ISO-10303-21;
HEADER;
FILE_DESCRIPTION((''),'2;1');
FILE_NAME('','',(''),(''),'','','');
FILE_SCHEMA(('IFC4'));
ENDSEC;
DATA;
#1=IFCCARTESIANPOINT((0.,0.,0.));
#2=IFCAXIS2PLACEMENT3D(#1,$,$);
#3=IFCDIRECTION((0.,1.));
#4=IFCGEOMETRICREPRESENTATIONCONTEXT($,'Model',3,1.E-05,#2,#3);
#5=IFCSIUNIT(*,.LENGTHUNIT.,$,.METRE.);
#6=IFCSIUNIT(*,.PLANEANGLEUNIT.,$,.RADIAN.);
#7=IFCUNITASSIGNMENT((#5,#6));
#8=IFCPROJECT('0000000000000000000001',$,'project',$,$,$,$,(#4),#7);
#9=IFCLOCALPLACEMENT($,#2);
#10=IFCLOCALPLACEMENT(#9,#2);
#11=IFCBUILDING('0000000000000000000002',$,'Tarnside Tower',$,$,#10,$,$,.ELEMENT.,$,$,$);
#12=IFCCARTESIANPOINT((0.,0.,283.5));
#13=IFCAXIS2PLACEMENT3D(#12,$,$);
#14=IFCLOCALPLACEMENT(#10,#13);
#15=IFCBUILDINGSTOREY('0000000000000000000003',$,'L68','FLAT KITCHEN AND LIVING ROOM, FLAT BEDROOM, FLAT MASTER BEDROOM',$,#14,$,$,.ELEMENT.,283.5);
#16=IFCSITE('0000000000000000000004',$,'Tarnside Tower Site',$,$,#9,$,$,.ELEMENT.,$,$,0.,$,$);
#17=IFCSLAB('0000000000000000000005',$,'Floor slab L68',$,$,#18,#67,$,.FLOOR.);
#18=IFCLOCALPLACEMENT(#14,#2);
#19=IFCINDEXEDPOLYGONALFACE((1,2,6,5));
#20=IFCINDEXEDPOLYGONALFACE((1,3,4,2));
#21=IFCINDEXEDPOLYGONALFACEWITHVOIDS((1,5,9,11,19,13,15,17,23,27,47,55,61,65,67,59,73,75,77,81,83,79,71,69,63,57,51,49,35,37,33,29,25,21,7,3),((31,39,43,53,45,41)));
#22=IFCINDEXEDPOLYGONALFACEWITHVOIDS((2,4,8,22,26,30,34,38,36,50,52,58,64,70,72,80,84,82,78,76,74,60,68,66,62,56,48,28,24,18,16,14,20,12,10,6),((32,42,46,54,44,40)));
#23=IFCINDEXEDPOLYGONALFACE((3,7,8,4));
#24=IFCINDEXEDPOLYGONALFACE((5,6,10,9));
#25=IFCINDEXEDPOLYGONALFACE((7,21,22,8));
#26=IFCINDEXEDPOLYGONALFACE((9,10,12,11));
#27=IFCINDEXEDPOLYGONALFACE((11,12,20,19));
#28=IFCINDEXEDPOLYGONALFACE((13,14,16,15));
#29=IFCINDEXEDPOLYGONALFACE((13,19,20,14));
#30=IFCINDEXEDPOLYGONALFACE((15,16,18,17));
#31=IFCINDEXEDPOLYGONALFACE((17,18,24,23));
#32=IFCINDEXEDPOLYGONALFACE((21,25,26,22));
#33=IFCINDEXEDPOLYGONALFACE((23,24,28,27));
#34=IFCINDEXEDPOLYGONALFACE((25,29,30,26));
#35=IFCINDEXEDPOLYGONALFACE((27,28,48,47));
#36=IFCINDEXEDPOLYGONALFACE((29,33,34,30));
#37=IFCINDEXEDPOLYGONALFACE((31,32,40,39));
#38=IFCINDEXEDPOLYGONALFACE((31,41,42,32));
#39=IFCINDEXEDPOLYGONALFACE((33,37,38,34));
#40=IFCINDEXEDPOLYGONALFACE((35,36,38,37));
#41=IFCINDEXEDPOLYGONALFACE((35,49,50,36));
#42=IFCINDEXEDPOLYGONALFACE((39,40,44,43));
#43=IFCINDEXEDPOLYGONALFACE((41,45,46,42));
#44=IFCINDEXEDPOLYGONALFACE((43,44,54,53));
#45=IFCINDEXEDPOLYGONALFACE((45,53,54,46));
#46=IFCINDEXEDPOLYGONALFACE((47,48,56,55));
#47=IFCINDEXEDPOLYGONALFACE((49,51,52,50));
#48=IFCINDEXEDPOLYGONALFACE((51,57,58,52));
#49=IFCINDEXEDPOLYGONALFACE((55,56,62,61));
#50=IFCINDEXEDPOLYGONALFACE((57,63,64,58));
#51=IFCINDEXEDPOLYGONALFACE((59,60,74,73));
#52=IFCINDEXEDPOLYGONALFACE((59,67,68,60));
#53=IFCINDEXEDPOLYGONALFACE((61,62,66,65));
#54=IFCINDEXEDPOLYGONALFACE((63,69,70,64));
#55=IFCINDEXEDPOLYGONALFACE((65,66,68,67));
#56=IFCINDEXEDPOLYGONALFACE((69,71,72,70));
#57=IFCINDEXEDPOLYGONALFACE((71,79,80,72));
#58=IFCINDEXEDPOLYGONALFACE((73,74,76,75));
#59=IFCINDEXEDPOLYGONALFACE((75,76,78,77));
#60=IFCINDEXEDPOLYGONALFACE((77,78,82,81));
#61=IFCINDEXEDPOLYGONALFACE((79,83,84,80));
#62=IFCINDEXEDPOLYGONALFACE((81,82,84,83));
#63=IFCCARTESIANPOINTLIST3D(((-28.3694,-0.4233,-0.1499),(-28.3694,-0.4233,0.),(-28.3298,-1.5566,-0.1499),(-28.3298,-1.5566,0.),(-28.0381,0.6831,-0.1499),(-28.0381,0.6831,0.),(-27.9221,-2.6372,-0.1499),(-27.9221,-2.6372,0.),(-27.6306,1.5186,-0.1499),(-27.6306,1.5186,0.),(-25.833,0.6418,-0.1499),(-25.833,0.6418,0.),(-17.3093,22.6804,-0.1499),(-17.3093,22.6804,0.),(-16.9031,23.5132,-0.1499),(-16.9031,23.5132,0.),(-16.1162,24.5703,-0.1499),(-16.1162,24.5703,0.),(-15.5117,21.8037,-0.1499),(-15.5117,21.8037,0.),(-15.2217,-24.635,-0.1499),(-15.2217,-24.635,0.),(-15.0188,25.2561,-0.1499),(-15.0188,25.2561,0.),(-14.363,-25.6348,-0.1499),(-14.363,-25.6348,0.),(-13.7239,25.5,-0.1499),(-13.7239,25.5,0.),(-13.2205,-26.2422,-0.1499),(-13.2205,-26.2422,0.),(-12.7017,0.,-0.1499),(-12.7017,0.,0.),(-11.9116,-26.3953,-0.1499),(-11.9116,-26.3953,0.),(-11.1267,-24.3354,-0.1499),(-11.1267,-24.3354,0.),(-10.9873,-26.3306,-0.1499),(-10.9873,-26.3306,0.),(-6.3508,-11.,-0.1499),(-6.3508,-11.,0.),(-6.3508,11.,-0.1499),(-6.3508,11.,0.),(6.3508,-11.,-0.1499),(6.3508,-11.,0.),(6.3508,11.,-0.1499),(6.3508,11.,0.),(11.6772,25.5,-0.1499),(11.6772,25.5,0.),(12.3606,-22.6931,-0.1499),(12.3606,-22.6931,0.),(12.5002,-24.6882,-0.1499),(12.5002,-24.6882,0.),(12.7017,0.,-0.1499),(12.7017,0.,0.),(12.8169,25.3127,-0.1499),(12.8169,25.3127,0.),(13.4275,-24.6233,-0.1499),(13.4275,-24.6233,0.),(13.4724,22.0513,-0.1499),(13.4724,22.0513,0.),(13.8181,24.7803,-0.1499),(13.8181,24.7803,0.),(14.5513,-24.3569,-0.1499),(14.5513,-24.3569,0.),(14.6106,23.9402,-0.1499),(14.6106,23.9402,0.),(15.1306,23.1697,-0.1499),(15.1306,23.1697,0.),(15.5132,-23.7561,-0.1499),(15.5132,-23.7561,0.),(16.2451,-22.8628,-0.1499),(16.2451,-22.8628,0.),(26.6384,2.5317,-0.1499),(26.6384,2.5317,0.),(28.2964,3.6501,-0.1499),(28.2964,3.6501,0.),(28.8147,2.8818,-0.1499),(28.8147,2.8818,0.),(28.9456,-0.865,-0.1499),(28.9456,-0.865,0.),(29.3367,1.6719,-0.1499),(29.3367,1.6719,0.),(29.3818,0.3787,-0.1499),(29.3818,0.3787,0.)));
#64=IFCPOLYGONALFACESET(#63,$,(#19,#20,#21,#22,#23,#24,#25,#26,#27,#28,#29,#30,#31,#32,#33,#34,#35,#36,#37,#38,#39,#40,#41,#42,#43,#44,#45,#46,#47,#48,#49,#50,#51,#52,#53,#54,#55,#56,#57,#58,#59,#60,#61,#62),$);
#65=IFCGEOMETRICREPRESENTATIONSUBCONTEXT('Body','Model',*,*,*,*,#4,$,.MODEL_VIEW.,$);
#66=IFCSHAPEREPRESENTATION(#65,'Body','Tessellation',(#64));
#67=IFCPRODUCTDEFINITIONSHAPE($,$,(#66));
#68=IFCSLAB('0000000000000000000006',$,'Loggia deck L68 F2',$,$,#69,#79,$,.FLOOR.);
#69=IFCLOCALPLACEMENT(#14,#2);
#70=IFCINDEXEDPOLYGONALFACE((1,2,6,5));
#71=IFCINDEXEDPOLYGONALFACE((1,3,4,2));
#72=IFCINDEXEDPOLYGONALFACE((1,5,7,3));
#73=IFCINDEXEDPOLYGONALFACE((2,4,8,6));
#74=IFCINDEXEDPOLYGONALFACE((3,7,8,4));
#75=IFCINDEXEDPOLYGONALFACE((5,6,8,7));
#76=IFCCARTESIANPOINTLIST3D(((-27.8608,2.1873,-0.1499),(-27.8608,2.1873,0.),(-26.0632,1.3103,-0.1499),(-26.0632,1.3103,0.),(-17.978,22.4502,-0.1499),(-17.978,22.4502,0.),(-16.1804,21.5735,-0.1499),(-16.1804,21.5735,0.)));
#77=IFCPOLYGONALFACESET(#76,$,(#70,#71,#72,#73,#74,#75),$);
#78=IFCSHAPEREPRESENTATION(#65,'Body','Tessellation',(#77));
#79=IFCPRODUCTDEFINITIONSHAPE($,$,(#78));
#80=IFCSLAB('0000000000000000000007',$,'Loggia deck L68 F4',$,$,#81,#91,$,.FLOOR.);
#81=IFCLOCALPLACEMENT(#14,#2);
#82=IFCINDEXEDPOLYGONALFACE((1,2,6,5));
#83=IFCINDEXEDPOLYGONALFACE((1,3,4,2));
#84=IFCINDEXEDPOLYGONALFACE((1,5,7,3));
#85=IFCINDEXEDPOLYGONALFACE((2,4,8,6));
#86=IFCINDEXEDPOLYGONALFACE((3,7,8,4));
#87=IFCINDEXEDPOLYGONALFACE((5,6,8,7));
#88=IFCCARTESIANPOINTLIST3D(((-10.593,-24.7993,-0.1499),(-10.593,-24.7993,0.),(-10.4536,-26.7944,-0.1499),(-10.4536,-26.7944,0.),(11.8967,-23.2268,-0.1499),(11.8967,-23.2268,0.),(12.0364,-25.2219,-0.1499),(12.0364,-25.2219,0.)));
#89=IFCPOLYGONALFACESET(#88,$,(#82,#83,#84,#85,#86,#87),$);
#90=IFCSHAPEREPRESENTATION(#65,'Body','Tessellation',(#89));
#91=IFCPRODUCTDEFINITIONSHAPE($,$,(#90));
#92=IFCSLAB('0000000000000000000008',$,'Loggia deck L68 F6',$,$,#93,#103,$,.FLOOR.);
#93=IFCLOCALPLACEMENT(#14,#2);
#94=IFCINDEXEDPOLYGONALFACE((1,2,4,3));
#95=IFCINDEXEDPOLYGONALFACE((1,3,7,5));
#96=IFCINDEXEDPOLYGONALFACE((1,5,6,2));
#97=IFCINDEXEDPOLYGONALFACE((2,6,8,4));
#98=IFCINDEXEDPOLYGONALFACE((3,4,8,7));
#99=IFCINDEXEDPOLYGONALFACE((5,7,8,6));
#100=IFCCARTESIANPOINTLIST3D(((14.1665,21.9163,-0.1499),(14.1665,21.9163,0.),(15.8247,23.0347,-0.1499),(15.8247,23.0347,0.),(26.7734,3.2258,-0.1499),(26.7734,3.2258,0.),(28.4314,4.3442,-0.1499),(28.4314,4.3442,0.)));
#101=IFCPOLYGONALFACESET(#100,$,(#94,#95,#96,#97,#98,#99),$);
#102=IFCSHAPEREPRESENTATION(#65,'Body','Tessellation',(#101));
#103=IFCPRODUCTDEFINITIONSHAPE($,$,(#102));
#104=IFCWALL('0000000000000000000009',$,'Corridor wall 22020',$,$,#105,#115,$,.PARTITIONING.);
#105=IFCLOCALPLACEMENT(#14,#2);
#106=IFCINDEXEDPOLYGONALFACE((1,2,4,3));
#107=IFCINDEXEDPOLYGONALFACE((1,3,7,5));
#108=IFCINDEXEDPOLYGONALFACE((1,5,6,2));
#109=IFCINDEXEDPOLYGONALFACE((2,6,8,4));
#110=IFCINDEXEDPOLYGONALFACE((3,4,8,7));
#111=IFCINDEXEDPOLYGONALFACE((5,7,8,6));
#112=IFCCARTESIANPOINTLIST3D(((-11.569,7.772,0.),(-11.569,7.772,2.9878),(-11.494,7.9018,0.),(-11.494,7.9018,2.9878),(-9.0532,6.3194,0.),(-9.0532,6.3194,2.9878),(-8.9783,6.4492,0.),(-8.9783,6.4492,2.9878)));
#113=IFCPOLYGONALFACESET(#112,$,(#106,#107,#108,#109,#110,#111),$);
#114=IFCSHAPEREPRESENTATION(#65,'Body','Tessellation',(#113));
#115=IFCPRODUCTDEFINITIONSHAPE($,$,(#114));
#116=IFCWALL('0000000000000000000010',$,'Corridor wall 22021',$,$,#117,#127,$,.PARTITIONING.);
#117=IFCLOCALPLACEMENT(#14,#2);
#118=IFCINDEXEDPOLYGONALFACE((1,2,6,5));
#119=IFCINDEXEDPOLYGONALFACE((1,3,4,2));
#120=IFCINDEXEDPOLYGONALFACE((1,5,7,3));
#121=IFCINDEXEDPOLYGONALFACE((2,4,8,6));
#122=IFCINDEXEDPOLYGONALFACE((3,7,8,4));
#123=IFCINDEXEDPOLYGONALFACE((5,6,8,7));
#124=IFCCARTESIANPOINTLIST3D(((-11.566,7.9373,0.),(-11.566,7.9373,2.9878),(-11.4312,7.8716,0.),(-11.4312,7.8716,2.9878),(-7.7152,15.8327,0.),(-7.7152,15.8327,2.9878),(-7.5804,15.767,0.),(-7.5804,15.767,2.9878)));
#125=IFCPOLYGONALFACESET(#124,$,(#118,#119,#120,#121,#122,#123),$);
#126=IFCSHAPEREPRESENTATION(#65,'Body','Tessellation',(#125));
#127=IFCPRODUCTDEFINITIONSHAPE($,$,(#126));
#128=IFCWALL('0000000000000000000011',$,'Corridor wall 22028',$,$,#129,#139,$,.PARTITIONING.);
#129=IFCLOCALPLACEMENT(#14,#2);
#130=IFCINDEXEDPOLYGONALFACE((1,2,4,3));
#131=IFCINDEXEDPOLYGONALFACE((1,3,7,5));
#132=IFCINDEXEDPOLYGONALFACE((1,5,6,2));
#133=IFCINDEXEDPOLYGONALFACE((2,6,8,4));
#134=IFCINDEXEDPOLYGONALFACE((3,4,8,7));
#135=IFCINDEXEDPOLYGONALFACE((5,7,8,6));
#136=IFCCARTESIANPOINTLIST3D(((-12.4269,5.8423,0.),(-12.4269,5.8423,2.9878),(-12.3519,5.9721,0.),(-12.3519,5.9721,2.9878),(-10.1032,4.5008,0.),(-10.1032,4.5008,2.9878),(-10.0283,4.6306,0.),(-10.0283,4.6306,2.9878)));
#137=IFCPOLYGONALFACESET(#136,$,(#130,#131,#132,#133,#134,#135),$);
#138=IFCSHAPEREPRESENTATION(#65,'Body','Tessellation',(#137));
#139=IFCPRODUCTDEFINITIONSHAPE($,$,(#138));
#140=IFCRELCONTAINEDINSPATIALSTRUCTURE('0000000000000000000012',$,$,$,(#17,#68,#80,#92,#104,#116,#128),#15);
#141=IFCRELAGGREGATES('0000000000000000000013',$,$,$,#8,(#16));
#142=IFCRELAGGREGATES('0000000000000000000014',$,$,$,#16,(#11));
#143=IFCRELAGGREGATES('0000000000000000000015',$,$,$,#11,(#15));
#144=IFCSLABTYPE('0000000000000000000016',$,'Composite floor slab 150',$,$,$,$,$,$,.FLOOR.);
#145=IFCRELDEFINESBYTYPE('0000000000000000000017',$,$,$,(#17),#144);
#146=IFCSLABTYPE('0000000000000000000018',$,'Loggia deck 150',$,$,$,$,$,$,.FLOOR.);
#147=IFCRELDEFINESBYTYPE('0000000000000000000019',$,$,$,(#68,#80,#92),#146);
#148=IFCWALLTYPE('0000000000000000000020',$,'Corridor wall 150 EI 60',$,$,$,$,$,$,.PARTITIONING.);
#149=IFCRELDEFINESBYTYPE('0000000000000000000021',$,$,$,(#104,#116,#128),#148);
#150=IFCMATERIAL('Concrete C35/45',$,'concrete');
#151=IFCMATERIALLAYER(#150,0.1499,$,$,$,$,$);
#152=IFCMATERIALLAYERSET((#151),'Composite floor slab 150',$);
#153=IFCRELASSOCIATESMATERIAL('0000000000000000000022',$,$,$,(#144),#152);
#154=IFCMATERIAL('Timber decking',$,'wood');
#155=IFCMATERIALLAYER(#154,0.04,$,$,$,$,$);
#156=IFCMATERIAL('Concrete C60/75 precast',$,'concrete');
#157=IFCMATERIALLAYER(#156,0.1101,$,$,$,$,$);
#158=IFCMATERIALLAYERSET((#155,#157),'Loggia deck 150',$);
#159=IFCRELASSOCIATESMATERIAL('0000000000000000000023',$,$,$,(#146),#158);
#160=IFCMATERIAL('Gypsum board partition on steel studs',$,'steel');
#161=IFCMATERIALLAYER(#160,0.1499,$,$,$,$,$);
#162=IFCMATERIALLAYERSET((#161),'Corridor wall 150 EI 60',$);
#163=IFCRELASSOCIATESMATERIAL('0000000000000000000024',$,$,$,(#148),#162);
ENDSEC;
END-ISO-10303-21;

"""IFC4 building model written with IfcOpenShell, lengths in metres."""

from ifc_helpers import new_model, si_unit, direction, frame, frame_2d, origin, place, context, subcontext, project, spatial, polyline, rectangle, outline, extrude, material, layer, layer_set, type_object, element, save


model = new_model("IFC4")

# Units and contexts
model_context = context("Model", 3, precision=1e-05, world=origin(), true_north=direction((0.0, 1.0)))
body_context = subcontext(model_context, "Body", "Model", "MODEL_VIEW")
ifc_project = project(units=[si_unit("LENGTHUNIT", "METRE"), si_unit("PLANEANGLEUNIT", "RADIAN")], contexts=[model_context])

# Site, building, storey
site_placement = place(None, origin())
site = spatial("IfcSite", under=ifc_project, at=site_placement, Name="Tarnside Tower Site", CompositionType="ELEMENT", RefElevation=0.0)
building_placement = place(site_placement, origin())
building = spatial("IfcBuilding", under=site, at=building_placement, Name="Tarnside Tower", CompositionType="ELEMENT")
storey_placement = place(building_placement, frame((0.0, 0.0, 283.5)))
storey = spatial("IfcBuildingStorey", under=building, at=storey_placement, Name="L68", Description="FLAT KITCHEN AND LIVING ROOM, FLAT BEDROOM, FLAT MASTER BEDROOM", CompositionType="ELEMENT", Elevation=283.5)

# Slabs
ifc_material_1 = material(Name="Concrete C35/45", Category="concrete")
ifc_layer_1 = layer(ifc_material_1, 0.1499)
ifc_layer_set_1 = layer_set([ifc_layer_1], Name="Composite floor slab 150")
slab_type_1 = type_object("IfcSlabType", Name="Composite floor slab 150", PredefinedType="FLOOR", material=ifc_layer_set_1)
slab_1_placement = place(storey_placement, frame((0.0, 0.0, -0.1499)))
element("IfcSlab", 1, at=slab_1_placement, inside=storey, type_object=slab_type_1, Name="Floor slab L68", PredefinedType="FLOOR", context=body_context, shape_type="SweptSolid", body=[
    extrude(outline(polyline([(12.8169, 25.3127), (13.8181, 24.7803), (14.6106, 23.9402), (15.1306, 23.1697), (13.4724, 22.0513), (26.6384, 2.5317), (28.2964, 3.6501), (28.8147, 2.8818), (29.3367, 1.6719), (29.3818, 0.3787), (28.9456, -0.865), (16.2451, -22.8628), (15.5132, -23.7561), (14.5513, -24.3569), (13.4275, -24.6233), (12.5002, -24.6882), (12.3606, -22.6931), (-11.1267, -24.3354), (-10.9873, -26.3306), (-11.9116, -26.3953), (-13.2205, -26.2422), (-14.363, -25.6348), (-15.2217, -24.635), (-27.9221, -2.6372), (-28.3298, -1.5566), (-28.3694, -0.4233), (-28.0381, 0.6831), (-27.6306, 1.5186), (-25.833, 0.6418), (-15.5117, 21.8037), (-17.3093, 22.6804), (-16.9031, 23.5132), (-16.1162, 24.5703), (-15.0188, 25.2561), (-13.7239, 25.5), (11.6772, 25.5), (12.8169, 25.3127)]), holes=[polyline([(-12.7017, 0.0), (-6.3508, -11.0), (6.3508, -11.0), (12.7017, 0.0), (6.3508, 11.0), (-6.3508, 11.0), (-12.7017, 0.0)])]), origin(), (0.0, 0.0, 1.0), 0.1499),
])
ifc_material_2 = material(Name="Timber decking", Category="wood")
ifc_layer_2 = layer(ifc_material_2, 0.04)
ifc_material_3 = material(Name="Concrete C60/75 precast", Category="concrete")
ifc_layer_3 = layer(ifc_material_3, 0.1101)
ifc_layer_set_2 = layer_set([ifc_layer_2, ifc_layer_3], Name="Loggia deck 150")
slab_type_2 = type_object("IfcSlabType", Name="Loggia deck 150", PredefinedType="FLOOR", material=ifc_layer_set_2)
slab_2_placement = place(storey_placement, frame((0.0, 0.0, -0.1499)))
element("IfcSlab", 2, at=slab_2_placement, inside=storey, type_object=slab_type_2, Name="Loggia deck L68 F2", PredefinedType="FLOOR", context=body_context, shape_type="SweptSolid", body=[
    extrude(outline(polyline([(-16.1804, 21.5735), (-26.0632, 1.3103), (-27.8608, 2.1873), (-17.978, 22.4502), (-16.1804, 21.5735)])), origin(), (0.0, 0.0, 1.0), 0.1499),
])
slab_3_placement = place(storey_placement, frame((0.0, 0.0, -0.1499)))
element("IfcSlab", 3, at=slab_3_placement, inside=storey, type_object=slab_type_2, Name="Loggia deck L68 F4", PredefinedType="FLOOR", context=body_context, shape_type="SweptSolid", body=[
    extrude(outline(polyline([(-10.593, -24.7993), (11.8967, -23.2268), (12.0364, -25.2219), (-10.4536, -26.7944), (-10.593, -24.7993)])), origin(), (0.0, 0.0, 1.0), 0.1499),
])
slab_4_placement = place(storey_placement, frame((0.0, 0.0, -0.1499)))
element("IfcSlab", 4, at=slab_4_placement, inside=storey, type_object=slab_type_2, Name="Loggia deck L68 F6", PredefinedType="FLOOR", context=body_context, shape_type="SweptSolid", body=[
    extrude(outline(polyline([(26.7734, 3.2258), (14.1665, 21.9163), (15.8247, 23.0347), (28.4314, 4.3442), (26.7734, 3.2258)])), origin(), (0.0, 0.0, 1.0), 0.1499),
])

# Walls
ifc_material_4 = material(Name="Gypsum board partition on steel studs", Category="steel")
ifc_layer_4 = layer(ifc_material_4, 0.1499)
ifc_layer_set_3 = layer_set([ifc_layer_4], Name="Corridor wall 150 EI 60")
wall_type_1 = type_object("IfcWallType", Name="Corridor wall 150 EI 60", PredefinedType="PARTITIONING", material=ifc_layer_set_3)
wall_1_placement = place(storey_placement, frame((-9.0156, 6.3843, 0.0), z_axis=(0.0, 0.0, 1.0), x_axis=(-0.866011, 0.500026, 0.0)))
element("IfcWall", 5, at=wall_1_placement, inside=storey, type_object=wall_type_1, Name="Corridor wall 22020", PredefinedType="PARTITIONING", context=body_context, shape_type="SweptSolid", body=[
    extrude(rectangle(XDim=2.905, YDim=0.1499, at=frame_2d((1.4526, 0.0))), origin(), (0.0, 0.0, 1.0), 2.9878),
])
wall_2_placement = place(storey_placement, frame((-11.4985, 7.9045, 0.0), z_axis=(0.0, 0.0, 1.0), x_axis=(0.438365, 0.898797, 0.0)))
element("IfcWall", 6, at=wall_2_placement, inside=storey, type_object=wall_type_1, Name="Corridor wall 22021", PredefinedType="PARTITIONING", context=body_context, shape_type="SweptSolid", body=[
    extrude(rectangle(XDim=8.7844, YDim=0.1499, at=frame_2d((4.3921, 0.0))), origin(), (0.0, 0.0, 1.0), 2.9878),
])
wall_3_placement = place(storey_placement, frame((-12.3894, 5.9072, 0.0), z_axis=(0.0, 0.0, 1.0), x_axis=(0.866034, -0.499985, 0.0)))
element("IfcWall", 7, at=wall_3_placement, inside=storey, type_object=wall_type_1, Name="Corridor wall 22028", PredefinedType="PARTITIONING", context=body_context, shape_type="SweptSolid", body=[
    extrude(rectangle(XDim=2.6831, YDim=0.1499, at=frame_2d((1.3416, 0.0))), origin(), (0.0, 0.0, 1.0), 2.9878),
])

save(model, "model.ifc")
